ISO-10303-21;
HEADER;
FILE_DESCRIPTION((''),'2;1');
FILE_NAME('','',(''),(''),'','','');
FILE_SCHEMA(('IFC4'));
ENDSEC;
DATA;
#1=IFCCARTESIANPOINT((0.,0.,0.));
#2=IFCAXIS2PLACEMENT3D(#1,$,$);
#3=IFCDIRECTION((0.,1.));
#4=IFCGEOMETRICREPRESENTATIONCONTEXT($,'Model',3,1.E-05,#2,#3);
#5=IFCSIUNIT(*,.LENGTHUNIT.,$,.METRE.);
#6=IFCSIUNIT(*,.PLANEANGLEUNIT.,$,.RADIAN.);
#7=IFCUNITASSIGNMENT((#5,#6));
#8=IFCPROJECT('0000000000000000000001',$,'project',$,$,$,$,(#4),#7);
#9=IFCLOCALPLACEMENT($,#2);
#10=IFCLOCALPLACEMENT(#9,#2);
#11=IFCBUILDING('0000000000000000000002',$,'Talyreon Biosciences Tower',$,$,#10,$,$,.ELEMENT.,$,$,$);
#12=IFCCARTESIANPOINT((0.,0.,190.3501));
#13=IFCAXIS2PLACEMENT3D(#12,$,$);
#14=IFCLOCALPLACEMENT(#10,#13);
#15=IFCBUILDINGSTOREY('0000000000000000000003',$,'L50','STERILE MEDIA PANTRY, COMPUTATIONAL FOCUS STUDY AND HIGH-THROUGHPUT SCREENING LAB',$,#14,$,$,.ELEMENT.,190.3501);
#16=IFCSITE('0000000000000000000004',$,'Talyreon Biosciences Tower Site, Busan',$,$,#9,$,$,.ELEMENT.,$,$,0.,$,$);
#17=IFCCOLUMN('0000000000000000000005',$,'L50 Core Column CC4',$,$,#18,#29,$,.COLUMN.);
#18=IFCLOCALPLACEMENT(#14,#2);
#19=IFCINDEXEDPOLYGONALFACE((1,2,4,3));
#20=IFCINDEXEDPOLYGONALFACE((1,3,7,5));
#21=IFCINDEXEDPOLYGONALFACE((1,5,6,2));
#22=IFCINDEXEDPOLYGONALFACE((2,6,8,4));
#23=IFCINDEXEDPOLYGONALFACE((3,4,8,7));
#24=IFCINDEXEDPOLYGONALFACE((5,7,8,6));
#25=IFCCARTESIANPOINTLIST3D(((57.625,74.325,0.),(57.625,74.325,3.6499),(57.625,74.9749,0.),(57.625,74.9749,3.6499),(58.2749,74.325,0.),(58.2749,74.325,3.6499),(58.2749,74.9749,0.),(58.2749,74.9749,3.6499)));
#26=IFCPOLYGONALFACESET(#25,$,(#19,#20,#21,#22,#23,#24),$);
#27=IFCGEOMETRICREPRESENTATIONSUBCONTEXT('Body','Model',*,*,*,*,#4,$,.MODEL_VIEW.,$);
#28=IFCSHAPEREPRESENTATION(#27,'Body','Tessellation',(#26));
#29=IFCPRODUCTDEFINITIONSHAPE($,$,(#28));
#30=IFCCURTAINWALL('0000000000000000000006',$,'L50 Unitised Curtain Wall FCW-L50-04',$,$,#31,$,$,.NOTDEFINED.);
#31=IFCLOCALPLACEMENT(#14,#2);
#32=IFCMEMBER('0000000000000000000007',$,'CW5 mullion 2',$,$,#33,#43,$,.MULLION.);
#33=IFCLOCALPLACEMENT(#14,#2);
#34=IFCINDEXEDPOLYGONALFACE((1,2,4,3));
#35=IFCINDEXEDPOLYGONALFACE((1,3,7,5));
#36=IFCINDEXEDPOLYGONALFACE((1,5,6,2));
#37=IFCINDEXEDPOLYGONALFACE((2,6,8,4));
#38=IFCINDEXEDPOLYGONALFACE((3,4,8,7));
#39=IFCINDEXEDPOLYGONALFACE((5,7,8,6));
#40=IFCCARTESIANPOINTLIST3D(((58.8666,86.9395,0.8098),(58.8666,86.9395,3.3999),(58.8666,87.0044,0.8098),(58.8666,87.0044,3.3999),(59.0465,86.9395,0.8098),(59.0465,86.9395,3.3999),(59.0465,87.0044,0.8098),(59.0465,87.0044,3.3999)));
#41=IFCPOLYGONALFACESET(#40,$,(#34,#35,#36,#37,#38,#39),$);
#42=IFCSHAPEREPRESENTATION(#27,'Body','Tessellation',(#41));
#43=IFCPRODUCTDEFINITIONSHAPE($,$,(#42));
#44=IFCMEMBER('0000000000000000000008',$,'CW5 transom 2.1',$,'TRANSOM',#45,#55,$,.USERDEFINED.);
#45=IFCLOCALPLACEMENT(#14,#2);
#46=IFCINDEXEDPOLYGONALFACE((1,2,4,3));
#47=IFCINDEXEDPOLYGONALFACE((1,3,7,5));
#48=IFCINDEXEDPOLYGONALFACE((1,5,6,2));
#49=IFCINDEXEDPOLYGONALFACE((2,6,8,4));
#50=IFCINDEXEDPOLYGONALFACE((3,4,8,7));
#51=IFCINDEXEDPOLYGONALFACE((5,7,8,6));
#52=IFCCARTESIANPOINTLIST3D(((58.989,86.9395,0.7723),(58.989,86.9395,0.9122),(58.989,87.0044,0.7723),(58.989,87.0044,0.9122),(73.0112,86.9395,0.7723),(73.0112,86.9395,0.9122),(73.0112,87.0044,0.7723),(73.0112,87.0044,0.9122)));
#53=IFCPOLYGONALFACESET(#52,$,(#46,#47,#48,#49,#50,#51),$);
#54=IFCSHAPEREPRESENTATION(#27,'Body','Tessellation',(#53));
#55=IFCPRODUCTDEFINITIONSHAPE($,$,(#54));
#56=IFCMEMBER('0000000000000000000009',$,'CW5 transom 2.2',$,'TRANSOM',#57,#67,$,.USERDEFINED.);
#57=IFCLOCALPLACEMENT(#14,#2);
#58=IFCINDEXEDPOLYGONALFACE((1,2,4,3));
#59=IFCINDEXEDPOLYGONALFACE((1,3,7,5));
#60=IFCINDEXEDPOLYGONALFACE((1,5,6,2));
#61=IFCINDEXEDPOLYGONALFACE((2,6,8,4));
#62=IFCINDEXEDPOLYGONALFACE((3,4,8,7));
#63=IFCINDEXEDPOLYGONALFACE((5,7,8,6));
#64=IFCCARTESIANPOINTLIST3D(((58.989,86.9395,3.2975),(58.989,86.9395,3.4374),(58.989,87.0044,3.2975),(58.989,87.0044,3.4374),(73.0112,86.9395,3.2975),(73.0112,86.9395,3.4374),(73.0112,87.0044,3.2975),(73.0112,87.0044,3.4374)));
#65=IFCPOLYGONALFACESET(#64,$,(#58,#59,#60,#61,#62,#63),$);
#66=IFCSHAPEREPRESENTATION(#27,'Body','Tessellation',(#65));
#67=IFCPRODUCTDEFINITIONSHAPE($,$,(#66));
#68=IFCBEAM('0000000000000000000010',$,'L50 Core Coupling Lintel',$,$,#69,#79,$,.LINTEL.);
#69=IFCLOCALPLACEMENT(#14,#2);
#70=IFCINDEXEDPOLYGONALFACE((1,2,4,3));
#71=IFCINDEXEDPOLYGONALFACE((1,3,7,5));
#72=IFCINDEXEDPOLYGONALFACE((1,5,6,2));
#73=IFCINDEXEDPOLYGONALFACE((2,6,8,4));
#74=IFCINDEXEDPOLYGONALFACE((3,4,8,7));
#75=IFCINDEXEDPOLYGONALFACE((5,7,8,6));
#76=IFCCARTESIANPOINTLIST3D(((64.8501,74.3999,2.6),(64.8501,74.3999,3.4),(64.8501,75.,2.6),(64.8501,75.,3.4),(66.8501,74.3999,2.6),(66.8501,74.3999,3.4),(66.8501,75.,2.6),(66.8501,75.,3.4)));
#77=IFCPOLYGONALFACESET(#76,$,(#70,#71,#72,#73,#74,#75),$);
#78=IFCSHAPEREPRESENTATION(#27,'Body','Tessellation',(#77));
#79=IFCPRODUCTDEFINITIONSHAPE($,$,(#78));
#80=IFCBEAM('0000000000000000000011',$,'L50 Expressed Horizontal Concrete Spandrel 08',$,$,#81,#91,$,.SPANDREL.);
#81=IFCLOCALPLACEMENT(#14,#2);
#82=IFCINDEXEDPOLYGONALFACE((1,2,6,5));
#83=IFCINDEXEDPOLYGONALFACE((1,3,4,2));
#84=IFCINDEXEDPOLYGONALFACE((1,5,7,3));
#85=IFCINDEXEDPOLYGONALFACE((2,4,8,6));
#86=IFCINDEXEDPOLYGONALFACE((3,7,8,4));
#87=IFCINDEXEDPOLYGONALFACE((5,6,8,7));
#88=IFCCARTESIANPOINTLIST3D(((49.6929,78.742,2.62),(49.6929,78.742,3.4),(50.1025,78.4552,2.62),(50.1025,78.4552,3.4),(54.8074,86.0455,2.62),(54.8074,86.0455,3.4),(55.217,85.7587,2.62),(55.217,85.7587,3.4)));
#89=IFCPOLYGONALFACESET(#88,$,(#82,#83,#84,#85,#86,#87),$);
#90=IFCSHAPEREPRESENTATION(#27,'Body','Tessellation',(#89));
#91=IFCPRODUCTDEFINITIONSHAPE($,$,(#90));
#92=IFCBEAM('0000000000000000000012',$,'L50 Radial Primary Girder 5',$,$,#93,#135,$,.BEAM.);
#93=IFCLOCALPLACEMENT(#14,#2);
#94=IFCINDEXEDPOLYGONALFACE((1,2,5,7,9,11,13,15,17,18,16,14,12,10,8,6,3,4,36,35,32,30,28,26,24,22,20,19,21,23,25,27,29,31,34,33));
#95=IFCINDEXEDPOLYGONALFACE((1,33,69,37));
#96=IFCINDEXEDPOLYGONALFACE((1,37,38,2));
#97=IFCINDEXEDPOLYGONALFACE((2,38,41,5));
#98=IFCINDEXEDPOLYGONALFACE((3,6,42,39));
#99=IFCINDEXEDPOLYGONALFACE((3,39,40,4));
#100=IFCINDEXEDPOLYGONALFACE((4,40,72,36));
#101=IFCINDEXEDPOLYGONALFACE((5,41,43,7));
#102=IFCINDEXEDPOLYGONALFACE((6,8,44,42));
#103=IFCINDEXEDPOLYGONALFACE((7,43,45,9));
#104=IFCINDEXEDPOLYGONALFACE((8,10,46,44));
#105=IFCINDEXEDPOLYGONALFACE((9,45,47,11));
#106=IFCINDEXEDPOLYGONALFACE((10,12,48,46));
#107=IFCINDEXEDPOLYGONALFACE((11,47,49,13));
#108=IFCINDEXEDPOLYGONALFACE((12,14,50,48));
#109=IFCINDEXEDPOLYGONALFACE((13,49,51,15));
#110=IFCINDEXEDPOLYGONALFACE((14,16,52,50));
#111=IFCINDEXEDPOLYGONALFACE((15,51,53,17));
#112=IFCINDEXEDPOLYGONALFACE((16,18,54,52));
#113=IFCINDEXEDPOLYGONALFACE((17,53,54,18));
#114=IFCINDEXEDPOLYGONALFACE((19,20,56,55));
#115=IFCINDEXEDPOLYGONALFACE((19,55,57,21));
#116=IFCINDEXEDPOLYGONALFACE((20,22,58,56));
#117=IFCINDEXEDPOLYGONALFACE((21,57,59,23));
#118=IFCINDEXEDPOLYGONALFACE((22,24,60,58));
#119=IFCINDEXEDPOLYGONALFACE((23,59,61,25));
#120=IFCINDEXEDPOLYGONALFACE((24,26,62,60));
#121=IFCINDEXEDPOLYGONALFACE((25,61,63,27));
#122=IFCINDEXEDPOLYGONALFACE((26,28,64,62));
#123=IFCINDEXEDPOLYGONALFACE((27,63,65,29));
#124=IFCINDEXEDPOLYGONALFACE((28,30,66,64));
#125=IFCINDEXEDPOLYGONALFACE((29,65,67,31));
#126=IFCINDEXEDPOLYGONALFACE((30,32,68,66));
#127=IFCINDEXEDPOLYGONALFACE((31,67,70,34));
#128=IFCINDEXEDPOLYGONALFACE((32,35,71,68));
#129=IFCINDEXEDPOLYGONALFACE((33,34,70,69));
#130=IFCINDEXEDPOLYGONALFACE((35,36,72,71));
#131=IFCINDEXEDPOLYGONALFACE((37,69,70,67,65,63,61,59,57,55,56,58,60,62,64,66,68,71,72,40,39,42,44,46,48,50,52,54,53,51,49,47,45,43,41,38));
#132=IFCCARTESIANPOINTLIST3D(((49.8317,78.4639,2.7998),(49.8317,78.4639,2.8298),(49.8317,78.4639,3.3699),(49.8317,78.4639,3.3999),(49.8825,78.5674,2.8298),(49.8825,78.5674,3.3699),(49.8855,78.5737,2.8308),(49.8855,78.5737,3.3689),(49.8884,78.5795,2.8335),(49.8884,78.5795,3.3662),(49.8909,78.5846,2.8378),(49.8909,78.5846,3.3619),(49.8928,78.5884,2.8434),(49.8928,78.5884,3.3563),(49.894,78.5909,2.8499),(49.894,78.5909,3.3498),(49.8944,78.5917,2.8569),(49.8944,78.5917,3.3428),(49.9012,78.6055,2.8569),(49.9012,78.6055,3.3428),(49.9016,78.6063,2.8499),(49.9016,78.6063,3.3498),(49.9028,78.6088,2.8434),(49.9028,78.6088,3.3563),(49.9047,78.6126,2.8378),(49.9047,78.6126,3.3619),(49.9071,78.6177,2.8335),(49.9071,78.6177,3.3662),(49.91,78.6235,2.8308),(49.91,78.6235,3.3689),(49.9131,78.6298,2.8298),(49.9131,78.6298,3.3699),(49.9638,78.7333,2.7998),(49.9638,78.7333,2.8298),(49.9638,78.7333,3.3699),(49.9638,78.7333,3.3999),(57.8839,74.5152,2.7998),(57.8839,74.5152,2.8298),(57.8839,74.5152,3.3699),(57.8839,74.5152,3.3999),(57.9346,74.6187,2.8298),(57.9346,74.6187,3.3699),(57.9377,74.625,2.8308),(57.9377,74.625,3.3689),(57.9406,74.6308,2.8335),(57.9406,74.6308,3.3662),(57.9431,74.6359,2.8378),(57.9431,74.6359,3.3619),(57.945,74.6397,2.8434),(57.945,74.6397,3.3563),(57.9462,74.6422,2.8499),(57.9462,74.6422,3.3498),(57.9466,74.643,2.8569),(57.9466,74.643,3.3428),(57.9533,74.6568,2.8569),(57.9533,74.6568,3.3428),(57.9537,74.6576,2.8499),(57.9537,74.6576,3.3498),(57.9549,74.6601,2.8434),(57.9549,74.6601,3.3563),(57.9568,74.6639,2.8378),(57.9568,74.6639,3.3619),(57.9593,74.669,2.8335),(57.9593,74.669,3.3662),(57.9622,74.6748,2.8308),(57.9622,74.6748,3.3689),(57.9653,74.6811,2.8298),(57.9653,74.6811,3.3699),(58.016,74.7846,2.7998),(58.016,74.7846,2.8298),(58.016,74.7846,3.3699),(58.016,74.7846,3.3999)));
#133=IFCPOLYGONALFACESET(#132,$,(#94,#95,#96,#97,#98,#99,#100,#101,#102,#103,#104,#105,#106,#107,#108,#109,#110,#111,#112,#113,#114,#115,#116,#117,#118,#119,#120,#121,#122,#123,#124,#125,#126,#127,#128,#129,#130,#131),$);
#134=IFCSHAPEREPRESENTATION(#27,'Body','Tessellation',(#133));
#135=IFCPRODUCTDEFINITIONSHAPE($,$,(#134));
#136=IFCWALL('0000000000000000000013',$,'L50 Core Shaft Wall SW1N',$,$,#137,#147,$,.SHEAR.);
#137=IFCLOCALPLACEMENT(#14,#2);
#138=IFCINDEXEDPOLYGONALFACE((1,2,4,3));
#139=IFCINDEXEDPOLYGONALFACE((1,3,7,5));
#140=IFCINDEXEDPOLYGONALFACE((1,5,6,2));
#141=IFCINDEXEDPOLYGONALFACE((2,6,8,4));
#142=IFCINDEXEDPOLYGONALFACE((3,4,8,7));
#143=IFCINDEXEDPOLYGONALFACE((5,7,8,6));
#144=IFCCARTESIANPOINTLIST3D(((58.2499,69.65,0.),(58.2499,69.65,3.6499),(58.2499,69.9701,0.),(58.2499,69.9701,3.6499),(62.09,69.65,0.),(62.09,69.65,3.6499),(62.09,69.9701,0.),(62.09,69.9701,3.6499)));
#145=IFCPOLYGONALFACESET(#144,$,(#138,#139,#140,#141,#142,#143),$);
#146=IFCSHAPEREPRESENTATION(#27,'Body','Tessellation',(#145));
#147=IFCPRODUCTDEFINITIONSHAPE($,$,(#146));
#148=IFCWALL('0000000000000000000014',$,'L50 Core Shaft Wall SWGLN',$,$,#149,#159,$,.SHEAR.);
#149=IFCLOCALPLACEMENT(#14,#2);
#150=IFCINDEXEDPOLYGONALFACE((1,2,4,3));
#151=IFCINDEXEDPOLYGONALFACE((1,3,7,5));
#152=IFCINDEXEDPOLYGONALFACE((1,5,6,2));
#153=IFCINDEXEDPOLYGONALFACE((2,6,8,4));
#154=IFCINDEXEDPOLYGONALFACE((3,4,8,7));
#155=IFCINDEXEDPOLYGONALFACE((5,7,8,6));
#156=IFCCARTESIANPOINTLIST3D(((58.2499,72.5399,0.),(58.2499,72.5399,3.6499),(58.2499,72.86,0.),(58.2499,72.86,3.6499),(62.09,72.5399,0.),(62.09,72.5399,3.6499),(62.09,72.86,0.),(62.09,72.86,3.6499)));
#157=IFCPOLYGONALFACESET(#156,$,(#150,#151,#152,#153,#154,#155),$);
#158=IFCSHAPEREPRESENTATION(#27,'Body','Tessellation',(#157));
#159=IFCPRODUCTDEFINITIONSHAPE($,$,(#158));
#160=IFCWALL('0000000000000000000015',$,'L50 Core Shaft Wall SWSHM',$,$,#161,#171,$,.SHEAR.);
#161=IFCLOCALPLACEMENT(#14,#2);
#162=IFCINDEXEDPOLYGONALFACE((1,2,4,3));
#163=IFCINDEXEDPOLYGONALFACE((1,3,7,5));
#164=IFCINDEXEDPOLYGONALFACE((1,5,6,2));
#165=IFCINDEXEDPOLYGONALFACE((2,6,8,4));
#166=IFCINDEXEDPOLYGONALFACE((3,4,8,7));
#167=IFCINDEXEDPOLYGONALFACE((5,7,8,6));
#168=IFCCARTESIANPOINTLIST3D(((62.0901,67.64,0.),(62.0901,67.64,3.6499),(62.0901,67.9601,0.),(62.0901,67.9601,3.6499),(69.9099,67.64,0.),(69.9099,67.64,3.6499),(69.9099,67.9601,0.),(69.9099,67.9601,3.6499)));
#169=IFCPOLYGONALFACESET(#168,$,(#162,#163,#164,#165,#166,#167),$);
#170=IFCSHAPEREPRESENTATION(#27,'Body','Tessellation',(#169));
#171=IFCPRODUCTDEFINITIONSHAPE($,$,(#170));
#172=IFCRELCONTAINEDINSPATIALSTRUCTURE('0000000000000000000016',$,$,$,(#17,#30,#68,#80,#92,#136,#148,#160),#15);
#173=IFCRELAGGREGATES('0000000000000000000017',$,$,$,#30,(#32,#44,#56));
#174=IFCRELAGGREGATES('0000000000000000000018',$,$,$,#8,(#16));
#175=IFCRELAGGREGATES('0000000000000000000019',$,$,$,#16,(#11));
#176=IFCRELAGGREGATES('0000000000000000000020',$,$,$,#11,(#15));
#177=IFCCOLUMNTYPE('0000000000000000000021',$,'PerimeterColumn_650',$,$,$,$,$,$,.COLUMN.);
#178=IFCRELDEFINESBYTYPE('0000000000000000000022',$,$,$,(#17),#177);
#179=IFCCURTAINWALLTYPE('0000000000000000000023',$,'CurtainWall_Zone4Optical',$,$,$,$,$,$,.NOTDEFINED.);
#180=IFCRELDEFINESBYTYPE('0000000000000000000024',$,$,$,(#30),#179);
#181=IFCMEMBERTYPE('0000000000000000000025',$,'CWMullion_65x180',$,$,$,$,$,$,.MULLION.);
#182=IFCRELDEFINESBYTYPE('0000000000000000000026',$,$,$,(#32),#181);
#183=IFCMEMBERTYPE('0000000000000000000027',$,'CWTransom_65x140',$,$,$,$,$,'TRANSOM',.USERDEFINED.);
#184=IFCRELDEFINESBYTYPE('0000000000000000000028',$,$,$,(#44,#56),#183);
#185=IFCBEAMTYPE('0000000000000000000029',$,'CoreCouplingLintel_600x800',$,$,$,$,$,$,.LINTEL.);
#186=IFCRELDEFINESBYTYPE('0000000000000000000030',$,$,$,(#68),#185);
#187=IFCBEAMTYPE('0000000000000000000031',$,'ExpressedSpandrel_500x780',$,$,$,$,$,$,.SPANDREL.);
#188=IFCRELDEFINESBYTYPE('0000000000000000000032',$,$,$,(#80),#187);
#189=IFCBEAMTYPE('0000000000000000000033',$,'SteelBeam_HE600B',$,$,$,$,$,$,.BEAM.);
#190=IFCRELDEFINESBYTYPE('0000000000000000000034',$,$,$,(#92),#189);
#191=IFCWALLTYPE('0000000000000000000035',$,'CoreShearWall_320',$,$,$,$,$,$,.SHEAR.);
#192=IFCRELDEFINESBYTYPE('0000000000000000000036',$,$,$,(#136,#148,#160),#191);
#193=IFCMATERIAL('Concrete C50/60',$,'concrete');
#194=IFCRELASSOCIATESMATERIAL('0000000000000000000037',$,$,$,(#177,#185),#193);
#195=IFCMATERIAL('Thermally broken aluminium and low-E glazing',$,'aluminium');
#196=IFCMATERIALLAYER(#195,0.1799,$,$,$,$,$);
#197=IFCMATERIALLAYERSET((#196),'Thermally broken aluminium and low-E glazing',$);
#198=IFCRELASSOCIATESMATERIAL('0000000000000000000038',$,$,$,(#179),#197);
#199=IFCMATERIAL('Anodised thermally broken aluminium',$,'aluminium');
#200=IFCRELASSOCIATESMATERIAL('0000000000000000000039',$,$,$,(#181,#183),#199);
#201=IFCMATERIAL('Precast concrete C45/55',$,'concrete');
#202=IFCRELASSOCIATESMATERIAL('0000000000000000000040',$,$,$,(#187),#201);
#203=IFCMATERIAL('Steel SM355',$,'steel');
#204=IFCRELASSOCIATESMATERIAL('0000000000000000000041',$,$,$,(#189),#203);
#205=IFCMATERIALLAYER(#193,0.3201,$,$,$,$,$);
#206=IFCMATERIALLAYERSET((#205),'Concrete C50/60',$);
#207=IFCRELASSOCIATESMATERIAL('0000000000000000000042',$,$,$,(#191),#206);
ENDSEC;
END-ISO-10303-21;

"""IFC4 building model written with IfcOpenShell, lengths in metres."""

from ifc_helpers import new_model, si_unit, direction, frame, frame_2d, origin, origin_2d, place, context, subcontext, project, spatial, rectangle, i_section, extrude, material, layer, layer_set, material_profile, profile_set, type_object, element, aggregate, save


model = new_model("IFC4")

# Units and contexts
model_context = context("Model", 3, precision=1e-05, world=origin(), true_north=direction((0.0, 1.0)))
body_context = subcontext(model_context, "Body", "Model", "MODEL_VIEW")
ifc_project = project(units=[si_unit("LENGTHUNIT", "METRE"), si_unit("PLANEANGLEUNIT", "RADIAN")], contexts=[model_context])

# Site, building, storey
site_placement = place(None, origin())
site = spatial("IfcSite", under=ifc_project, at=site_placement, Name="Talyreon Biosciences Tower Site, Busan", CompositionType="ELEMENT", RefElevation=0.0)
building_placement = place(site_placement, origin())
building = spatial("IfcBuilding", under=site, at=building_placement, Name="Talyreon Biosciences Tower", CompositionType="ELEMENT")
storey_placement = place(building_placement, frame((0.0, 0.0, 190.3501)))
storey = spatial("IfcBuildingStorey", under=building, at=storey_placement, Name="L50", Description="STERILE MEDIA PANTRY, COMPUTATIONAL FOCUS STUDY AND HIGH-THROUGHPUT SCREENING LAB", CompositionType="ELEMENT", Elevation=190.3501)

# Column
ifc_material_1 = material(Name="Concrete C50/60", Category="concrete")
ifc_material_profile_1 = material_profile(ifc_material_1, rectangle(XDim=0.6499, YDim=0.6499, at=origin_2d()), Name="RC 650x650")
ifc_profile_set_1 = profile_set([ifc_material_profile_1], Name="Concrete C50/60")
column_type = type_object("IfcColumnType", Name="PerimeterColumn_650", PredefinedType="COLUMN", material=ifc_profile_set_1)
column_placement = place(storey_placement, frame((57.95, 74.6499, 0.0), z_axis=(0.0, 0.0, 1.0), x_axis=(1.0, 0.0, 0.0)))
element("IfcColumn", 1, at=column_placement, inside=storey, type_object=column_type, Name="L50 Core Column CC4", PredefinedType="COLUMN", context=body_context, shape_type="SweptSolid", body=[
    extrude(rectangle(XDim=0.6499, YDim=0.6499, at=origin_2d()), origin(), (0.0, 0.0, 1.0), 3.6499),
])

# Curtain wall, members
ifc_material_2 = material(Name="Thermally broken aluminium and low-E glazing", Category="aluminium")
ifc_layer_1 = layer(ifc_material_2, 0.1799)
ifc_layer_set_1 = layer_set([ifc_layer_1], Name="Thermally broken aluminium and low-E glazing")
curtain_wall_type = type_object("IfcCurtainWallType", Name="CurtainWall_Zone4Optical", PredefinedType="NOTDEFINED", material=ifc_layer_set_1)
curtain_wall_placement = place(storey_placement, origin())
curtain_wall = element("IfcCurtainWall", 2, at=curtain_wall_placement, inside=storey, type_object=curtain_wall_type, Name="L50 Unitised Curtain Wall FCW-L50-04", PredefinedType="NOTDEFINED")
ifc_material_3 = material(Name="Anodised thermally broken aluminium", Category="aluminium")
ifc_material_profile_2 = material_profile(ifc_material_3, rectangle(XDim=0.0649, YDim=0.1799, at=origin_2d()), Name="ALUM MULLION 65x180")
ifc_profile_set_2 = profile_set([ifc_material_profile_2], Name="Anodised thermally broken aluminium")
member_type_1 = type_object("IfcMemberType", Name="CWMullion_65x180", PredefinedType="MULLION", material=ifc_profile_set_2)
member_1_placement = place(storey_placement, frame((58.9565, 86.9719, 0.8098), z_axis=(0.0, 0.0, 1.0), x_axis=(0.0, 1.0, 0.0)))
member_1 = element("IfcMember", 3, at=member_1_placement, type_object=member_type_1, Name="CW5 mullion 2", PredefinedType="MULLION", context=body_context, shape_type="SweptSolid", body=[
    extrude(rectangle(XDim=0.0649, YDim=0.1799, at=origin_2d()), origin(), (0.0, 0.0, 1.0), 2.5901),
])
ifc_material_profile_3 = material_profile(ifc_material_3, rectangle(XDim=0.0649, YDim=0.1399, at=origin_2d()), Name="ALUM TRANSOM 65x140")
ifc_profile_set_3 = profile_set([ifc_material_profile_3], Name="Anodised thermally broken aluminium")
member_type_2 = type_object("IfcMemberType", Name="CWTransom_65x140", ElementType="TRANSOM", PredefinedType="USERDEFINED", material=ifc_profile_set_3)
member_2_placement = place(storey_placement, frame((58.989, 86.9719, 0.8423), z_axis=(1.0, 0.0, 0.0), x_axis=(0.0, 1.0, 0.0)))
member_2 = element("IfcMember", 4, at=member_2_placement, type_object=member_type_2, Name="CW5 transom 2.1", ObjectType="TRANSOM", PredefinedType="USERDEFINED", context=body_context, shape_type="SweptSolid", body=[
    extrude(rectangle(XDim=0.0649, YDim=0.1399, at=origin_2d()), origin(), (0.0, 0.0, 1.0), 14.0222),
])
member_3_placement = place(storey_placement, frame((58.989, 86.9719, 3.3674), z_axis=(1.0, 0.0, 0.0), x_axis=(0.0, 1.0, 0.0)))
member_3 = element("IfcMember", 5, at=member_3_placement, type_object=member_type_2, Name="CW5 transom 2.2", ObjectType="TRANSOM", PredefinedType="USERDEFINED", context=body_context, shape_type="SweptSolid", body=[
    extrude(rectangle(XDim=0.0649, YDim=0.1399, at=origin_2d()), origin(), (0.0, 0.0, 1.0), 14.0222),
])
aggregate(curtain_wall, [member_1, member_2, member_3])

# Beams
ifc_material_profile_4 = material_profile(ifc_material_1, rectangle(XDim=0.6001, YDim=0.8, at=origin_2d()), Name="RCB 600x800")
ifc_profile_set_4 = profile_set([ifc_material_profile_4], Name="Concrete C50/60")
beam_type_1 = type_object("IfcBeamType", Name="CoreCouplingLintel_600x800", PredefinedType="LINTEL", material=ifc_profile_set_4)
beam_1_placement = place(storey_placement, frame((64.8501, 74.7, 3.0), z_axis=(1.0, 0.0, 0.0), x_axis=(0.0, 1.0, 0.0)))
element("IfcBeam", 6, at=beam_1_placement, inside=storey, type_object=beam_type_1, Name="L50 Core Coupling Lintel", PredefinedType="LINTEL", context=body_context, shape_type="SweptSolid", body=[
    extrude(rectangle(XDim=0.6001, YDim=0.8, at=origin_2d()), origin(), (0.0, 0.0, 1.0), 2.0),
])
ifc_material_4 = material(Name="Precast concrete C45/55", Category="concrete")
ifc_material_profile_5 = material_profile(ifc_material_4, rectangle(XDim=0.5, YDim=0.78, at=origin_2d()), Name="RCB 500x780")
ifc_profile_set_5 = profile_set([ifc_material_profile_5], Name="Precast concrete C45/55")
beam_type_2 = type_object("IfcBeamType", Name="ExpressedSpandrel_500x780", PredefinedType="SPANDREL", material=ifc_profile_set_5)
beam_2_placement = place(storey_placement, frame((55.0122, 85.9021, 3.01), z_axis=(-0.573619, -0.819123, 0.0), x_axis=(0.819123, -0.573619, 0.0)))
element("IfcBeam", 7, at=beam_2_placement, inside=storey, type_object=beam_type_2, Name="L50 Expressed Horizontal Concrete Spandrel 08", PredefinedType="SPANDREL", context=body_context, shape_type="SweptSolid", body=[
    extrude(rectangle(XDim=0.5, YDim=0.78, at=origin_2d()), origin(), (0.0, 0.0, 1.0), 8.9163),
])
ifc_material_5 = material(Name="Steel SM355", Category="steel")
ifc_material_profile_6 = material_profile(ifc_material_5, i_section(OverallWidth=0.3, OverallDepth=0.6001, WebThickness=0.0154, FlangeThickness=0.03, FilletRadius=0.0271, at=origin_2d()), Name="HE600B")
ifc_profile_set_6 = profile_set([ifc_material_profile_6], Name="Steel SM355")
beam_type_3 = type_object("IfcBeamType", Name="SteelBeam_HE600B", PredefinedType="BEAM", material=ifc_profile_set_6)
beam_3_placement = place(storey_placement, frame((57.95, 74.6499, 3.0999), z_axis=(-0.897852, 0.440297, 0.0), x_axis=(-0.440297, -0.897852, 0.0)))
element("IfcBeam", 8, at=beam_3_placement, inside=storey, type_object=beam_type_3, Name="L50 Radial Primary Girder 5", PredefinedType="BEAM", context=body_context, shape_type="SweptSolid", body=[
    extrude(i_section(OverallWidth=0.3, OverallDepth=0.6001, WebThickness=0.0154, FlangeThickness=0.03, FilletRadius=0.0271, at=origin_2d()), origin(), (0.0, 0.0, 1.0), 8.9683),
])

# Walls
ifc_layer_2 = layer(ifc_material_1, 0.3201)
ifc_layer_set_2 = layer_set([ifc_layer_2], Name="Concrete C50/60")
wall_type_1 = type_object("IfcWallType", Name="CoreShearWall_320", PredefinedType="SHEAR", material=ifc_layer_set_2)
for number, where, z_axis, x_axis, name in (
    (9, (58.25, 69.8101, 0.0), (0.0, 0.0, 1.0), (1.0, 0.0, 0.0), "L50 Core Shaft Wall SW1N"),
    (10, (58.25, 72.7, 0.0), (0.0, 0.0, 1.0), (1.0, 0.0, 0.0), "L50 Core Shaft Wall SWGLN"),
):
    element("IfcWall", number, at=place(storey_placement, frame(where, z_axis=z_axis, x_axis=x_axis)), inside=storey, type_object=wall_type_1, Name=name, PredefinedType="SHEAR", context=body_context, shape_type="SweptSolid", body=[
        extrude(rectangle(XDim=3.8401, YDim=0.3201, at=frame_2d((1.9199, 0.0))), origin(), (0.0, 0.0, 1.0), 3.6499),
    ])
wall_1_placement = place(storey_placement, frame((62.0901, 67.8, 0.0), z_axis=(0.0, 0.0, 1.0), x_axis=(1.0, 0.0, 0.0)))
element("IfcWall", 11, at=wall_1_placement, inside=storey, type_object=wall_type_1, Name="L50 Core Shaft Wall SWSHM", PredefinedType="SHEAR", context=body_context, shape_type="SweptSolid", body=[
    extrude(rectangle(XDim=7.8198, YDim=0.3201, at=frame_2d((3.9099, 0.0))), origin(), (0.0, 0.0, 1.0), 3.6499),
])

save(model, "model.ifc")
